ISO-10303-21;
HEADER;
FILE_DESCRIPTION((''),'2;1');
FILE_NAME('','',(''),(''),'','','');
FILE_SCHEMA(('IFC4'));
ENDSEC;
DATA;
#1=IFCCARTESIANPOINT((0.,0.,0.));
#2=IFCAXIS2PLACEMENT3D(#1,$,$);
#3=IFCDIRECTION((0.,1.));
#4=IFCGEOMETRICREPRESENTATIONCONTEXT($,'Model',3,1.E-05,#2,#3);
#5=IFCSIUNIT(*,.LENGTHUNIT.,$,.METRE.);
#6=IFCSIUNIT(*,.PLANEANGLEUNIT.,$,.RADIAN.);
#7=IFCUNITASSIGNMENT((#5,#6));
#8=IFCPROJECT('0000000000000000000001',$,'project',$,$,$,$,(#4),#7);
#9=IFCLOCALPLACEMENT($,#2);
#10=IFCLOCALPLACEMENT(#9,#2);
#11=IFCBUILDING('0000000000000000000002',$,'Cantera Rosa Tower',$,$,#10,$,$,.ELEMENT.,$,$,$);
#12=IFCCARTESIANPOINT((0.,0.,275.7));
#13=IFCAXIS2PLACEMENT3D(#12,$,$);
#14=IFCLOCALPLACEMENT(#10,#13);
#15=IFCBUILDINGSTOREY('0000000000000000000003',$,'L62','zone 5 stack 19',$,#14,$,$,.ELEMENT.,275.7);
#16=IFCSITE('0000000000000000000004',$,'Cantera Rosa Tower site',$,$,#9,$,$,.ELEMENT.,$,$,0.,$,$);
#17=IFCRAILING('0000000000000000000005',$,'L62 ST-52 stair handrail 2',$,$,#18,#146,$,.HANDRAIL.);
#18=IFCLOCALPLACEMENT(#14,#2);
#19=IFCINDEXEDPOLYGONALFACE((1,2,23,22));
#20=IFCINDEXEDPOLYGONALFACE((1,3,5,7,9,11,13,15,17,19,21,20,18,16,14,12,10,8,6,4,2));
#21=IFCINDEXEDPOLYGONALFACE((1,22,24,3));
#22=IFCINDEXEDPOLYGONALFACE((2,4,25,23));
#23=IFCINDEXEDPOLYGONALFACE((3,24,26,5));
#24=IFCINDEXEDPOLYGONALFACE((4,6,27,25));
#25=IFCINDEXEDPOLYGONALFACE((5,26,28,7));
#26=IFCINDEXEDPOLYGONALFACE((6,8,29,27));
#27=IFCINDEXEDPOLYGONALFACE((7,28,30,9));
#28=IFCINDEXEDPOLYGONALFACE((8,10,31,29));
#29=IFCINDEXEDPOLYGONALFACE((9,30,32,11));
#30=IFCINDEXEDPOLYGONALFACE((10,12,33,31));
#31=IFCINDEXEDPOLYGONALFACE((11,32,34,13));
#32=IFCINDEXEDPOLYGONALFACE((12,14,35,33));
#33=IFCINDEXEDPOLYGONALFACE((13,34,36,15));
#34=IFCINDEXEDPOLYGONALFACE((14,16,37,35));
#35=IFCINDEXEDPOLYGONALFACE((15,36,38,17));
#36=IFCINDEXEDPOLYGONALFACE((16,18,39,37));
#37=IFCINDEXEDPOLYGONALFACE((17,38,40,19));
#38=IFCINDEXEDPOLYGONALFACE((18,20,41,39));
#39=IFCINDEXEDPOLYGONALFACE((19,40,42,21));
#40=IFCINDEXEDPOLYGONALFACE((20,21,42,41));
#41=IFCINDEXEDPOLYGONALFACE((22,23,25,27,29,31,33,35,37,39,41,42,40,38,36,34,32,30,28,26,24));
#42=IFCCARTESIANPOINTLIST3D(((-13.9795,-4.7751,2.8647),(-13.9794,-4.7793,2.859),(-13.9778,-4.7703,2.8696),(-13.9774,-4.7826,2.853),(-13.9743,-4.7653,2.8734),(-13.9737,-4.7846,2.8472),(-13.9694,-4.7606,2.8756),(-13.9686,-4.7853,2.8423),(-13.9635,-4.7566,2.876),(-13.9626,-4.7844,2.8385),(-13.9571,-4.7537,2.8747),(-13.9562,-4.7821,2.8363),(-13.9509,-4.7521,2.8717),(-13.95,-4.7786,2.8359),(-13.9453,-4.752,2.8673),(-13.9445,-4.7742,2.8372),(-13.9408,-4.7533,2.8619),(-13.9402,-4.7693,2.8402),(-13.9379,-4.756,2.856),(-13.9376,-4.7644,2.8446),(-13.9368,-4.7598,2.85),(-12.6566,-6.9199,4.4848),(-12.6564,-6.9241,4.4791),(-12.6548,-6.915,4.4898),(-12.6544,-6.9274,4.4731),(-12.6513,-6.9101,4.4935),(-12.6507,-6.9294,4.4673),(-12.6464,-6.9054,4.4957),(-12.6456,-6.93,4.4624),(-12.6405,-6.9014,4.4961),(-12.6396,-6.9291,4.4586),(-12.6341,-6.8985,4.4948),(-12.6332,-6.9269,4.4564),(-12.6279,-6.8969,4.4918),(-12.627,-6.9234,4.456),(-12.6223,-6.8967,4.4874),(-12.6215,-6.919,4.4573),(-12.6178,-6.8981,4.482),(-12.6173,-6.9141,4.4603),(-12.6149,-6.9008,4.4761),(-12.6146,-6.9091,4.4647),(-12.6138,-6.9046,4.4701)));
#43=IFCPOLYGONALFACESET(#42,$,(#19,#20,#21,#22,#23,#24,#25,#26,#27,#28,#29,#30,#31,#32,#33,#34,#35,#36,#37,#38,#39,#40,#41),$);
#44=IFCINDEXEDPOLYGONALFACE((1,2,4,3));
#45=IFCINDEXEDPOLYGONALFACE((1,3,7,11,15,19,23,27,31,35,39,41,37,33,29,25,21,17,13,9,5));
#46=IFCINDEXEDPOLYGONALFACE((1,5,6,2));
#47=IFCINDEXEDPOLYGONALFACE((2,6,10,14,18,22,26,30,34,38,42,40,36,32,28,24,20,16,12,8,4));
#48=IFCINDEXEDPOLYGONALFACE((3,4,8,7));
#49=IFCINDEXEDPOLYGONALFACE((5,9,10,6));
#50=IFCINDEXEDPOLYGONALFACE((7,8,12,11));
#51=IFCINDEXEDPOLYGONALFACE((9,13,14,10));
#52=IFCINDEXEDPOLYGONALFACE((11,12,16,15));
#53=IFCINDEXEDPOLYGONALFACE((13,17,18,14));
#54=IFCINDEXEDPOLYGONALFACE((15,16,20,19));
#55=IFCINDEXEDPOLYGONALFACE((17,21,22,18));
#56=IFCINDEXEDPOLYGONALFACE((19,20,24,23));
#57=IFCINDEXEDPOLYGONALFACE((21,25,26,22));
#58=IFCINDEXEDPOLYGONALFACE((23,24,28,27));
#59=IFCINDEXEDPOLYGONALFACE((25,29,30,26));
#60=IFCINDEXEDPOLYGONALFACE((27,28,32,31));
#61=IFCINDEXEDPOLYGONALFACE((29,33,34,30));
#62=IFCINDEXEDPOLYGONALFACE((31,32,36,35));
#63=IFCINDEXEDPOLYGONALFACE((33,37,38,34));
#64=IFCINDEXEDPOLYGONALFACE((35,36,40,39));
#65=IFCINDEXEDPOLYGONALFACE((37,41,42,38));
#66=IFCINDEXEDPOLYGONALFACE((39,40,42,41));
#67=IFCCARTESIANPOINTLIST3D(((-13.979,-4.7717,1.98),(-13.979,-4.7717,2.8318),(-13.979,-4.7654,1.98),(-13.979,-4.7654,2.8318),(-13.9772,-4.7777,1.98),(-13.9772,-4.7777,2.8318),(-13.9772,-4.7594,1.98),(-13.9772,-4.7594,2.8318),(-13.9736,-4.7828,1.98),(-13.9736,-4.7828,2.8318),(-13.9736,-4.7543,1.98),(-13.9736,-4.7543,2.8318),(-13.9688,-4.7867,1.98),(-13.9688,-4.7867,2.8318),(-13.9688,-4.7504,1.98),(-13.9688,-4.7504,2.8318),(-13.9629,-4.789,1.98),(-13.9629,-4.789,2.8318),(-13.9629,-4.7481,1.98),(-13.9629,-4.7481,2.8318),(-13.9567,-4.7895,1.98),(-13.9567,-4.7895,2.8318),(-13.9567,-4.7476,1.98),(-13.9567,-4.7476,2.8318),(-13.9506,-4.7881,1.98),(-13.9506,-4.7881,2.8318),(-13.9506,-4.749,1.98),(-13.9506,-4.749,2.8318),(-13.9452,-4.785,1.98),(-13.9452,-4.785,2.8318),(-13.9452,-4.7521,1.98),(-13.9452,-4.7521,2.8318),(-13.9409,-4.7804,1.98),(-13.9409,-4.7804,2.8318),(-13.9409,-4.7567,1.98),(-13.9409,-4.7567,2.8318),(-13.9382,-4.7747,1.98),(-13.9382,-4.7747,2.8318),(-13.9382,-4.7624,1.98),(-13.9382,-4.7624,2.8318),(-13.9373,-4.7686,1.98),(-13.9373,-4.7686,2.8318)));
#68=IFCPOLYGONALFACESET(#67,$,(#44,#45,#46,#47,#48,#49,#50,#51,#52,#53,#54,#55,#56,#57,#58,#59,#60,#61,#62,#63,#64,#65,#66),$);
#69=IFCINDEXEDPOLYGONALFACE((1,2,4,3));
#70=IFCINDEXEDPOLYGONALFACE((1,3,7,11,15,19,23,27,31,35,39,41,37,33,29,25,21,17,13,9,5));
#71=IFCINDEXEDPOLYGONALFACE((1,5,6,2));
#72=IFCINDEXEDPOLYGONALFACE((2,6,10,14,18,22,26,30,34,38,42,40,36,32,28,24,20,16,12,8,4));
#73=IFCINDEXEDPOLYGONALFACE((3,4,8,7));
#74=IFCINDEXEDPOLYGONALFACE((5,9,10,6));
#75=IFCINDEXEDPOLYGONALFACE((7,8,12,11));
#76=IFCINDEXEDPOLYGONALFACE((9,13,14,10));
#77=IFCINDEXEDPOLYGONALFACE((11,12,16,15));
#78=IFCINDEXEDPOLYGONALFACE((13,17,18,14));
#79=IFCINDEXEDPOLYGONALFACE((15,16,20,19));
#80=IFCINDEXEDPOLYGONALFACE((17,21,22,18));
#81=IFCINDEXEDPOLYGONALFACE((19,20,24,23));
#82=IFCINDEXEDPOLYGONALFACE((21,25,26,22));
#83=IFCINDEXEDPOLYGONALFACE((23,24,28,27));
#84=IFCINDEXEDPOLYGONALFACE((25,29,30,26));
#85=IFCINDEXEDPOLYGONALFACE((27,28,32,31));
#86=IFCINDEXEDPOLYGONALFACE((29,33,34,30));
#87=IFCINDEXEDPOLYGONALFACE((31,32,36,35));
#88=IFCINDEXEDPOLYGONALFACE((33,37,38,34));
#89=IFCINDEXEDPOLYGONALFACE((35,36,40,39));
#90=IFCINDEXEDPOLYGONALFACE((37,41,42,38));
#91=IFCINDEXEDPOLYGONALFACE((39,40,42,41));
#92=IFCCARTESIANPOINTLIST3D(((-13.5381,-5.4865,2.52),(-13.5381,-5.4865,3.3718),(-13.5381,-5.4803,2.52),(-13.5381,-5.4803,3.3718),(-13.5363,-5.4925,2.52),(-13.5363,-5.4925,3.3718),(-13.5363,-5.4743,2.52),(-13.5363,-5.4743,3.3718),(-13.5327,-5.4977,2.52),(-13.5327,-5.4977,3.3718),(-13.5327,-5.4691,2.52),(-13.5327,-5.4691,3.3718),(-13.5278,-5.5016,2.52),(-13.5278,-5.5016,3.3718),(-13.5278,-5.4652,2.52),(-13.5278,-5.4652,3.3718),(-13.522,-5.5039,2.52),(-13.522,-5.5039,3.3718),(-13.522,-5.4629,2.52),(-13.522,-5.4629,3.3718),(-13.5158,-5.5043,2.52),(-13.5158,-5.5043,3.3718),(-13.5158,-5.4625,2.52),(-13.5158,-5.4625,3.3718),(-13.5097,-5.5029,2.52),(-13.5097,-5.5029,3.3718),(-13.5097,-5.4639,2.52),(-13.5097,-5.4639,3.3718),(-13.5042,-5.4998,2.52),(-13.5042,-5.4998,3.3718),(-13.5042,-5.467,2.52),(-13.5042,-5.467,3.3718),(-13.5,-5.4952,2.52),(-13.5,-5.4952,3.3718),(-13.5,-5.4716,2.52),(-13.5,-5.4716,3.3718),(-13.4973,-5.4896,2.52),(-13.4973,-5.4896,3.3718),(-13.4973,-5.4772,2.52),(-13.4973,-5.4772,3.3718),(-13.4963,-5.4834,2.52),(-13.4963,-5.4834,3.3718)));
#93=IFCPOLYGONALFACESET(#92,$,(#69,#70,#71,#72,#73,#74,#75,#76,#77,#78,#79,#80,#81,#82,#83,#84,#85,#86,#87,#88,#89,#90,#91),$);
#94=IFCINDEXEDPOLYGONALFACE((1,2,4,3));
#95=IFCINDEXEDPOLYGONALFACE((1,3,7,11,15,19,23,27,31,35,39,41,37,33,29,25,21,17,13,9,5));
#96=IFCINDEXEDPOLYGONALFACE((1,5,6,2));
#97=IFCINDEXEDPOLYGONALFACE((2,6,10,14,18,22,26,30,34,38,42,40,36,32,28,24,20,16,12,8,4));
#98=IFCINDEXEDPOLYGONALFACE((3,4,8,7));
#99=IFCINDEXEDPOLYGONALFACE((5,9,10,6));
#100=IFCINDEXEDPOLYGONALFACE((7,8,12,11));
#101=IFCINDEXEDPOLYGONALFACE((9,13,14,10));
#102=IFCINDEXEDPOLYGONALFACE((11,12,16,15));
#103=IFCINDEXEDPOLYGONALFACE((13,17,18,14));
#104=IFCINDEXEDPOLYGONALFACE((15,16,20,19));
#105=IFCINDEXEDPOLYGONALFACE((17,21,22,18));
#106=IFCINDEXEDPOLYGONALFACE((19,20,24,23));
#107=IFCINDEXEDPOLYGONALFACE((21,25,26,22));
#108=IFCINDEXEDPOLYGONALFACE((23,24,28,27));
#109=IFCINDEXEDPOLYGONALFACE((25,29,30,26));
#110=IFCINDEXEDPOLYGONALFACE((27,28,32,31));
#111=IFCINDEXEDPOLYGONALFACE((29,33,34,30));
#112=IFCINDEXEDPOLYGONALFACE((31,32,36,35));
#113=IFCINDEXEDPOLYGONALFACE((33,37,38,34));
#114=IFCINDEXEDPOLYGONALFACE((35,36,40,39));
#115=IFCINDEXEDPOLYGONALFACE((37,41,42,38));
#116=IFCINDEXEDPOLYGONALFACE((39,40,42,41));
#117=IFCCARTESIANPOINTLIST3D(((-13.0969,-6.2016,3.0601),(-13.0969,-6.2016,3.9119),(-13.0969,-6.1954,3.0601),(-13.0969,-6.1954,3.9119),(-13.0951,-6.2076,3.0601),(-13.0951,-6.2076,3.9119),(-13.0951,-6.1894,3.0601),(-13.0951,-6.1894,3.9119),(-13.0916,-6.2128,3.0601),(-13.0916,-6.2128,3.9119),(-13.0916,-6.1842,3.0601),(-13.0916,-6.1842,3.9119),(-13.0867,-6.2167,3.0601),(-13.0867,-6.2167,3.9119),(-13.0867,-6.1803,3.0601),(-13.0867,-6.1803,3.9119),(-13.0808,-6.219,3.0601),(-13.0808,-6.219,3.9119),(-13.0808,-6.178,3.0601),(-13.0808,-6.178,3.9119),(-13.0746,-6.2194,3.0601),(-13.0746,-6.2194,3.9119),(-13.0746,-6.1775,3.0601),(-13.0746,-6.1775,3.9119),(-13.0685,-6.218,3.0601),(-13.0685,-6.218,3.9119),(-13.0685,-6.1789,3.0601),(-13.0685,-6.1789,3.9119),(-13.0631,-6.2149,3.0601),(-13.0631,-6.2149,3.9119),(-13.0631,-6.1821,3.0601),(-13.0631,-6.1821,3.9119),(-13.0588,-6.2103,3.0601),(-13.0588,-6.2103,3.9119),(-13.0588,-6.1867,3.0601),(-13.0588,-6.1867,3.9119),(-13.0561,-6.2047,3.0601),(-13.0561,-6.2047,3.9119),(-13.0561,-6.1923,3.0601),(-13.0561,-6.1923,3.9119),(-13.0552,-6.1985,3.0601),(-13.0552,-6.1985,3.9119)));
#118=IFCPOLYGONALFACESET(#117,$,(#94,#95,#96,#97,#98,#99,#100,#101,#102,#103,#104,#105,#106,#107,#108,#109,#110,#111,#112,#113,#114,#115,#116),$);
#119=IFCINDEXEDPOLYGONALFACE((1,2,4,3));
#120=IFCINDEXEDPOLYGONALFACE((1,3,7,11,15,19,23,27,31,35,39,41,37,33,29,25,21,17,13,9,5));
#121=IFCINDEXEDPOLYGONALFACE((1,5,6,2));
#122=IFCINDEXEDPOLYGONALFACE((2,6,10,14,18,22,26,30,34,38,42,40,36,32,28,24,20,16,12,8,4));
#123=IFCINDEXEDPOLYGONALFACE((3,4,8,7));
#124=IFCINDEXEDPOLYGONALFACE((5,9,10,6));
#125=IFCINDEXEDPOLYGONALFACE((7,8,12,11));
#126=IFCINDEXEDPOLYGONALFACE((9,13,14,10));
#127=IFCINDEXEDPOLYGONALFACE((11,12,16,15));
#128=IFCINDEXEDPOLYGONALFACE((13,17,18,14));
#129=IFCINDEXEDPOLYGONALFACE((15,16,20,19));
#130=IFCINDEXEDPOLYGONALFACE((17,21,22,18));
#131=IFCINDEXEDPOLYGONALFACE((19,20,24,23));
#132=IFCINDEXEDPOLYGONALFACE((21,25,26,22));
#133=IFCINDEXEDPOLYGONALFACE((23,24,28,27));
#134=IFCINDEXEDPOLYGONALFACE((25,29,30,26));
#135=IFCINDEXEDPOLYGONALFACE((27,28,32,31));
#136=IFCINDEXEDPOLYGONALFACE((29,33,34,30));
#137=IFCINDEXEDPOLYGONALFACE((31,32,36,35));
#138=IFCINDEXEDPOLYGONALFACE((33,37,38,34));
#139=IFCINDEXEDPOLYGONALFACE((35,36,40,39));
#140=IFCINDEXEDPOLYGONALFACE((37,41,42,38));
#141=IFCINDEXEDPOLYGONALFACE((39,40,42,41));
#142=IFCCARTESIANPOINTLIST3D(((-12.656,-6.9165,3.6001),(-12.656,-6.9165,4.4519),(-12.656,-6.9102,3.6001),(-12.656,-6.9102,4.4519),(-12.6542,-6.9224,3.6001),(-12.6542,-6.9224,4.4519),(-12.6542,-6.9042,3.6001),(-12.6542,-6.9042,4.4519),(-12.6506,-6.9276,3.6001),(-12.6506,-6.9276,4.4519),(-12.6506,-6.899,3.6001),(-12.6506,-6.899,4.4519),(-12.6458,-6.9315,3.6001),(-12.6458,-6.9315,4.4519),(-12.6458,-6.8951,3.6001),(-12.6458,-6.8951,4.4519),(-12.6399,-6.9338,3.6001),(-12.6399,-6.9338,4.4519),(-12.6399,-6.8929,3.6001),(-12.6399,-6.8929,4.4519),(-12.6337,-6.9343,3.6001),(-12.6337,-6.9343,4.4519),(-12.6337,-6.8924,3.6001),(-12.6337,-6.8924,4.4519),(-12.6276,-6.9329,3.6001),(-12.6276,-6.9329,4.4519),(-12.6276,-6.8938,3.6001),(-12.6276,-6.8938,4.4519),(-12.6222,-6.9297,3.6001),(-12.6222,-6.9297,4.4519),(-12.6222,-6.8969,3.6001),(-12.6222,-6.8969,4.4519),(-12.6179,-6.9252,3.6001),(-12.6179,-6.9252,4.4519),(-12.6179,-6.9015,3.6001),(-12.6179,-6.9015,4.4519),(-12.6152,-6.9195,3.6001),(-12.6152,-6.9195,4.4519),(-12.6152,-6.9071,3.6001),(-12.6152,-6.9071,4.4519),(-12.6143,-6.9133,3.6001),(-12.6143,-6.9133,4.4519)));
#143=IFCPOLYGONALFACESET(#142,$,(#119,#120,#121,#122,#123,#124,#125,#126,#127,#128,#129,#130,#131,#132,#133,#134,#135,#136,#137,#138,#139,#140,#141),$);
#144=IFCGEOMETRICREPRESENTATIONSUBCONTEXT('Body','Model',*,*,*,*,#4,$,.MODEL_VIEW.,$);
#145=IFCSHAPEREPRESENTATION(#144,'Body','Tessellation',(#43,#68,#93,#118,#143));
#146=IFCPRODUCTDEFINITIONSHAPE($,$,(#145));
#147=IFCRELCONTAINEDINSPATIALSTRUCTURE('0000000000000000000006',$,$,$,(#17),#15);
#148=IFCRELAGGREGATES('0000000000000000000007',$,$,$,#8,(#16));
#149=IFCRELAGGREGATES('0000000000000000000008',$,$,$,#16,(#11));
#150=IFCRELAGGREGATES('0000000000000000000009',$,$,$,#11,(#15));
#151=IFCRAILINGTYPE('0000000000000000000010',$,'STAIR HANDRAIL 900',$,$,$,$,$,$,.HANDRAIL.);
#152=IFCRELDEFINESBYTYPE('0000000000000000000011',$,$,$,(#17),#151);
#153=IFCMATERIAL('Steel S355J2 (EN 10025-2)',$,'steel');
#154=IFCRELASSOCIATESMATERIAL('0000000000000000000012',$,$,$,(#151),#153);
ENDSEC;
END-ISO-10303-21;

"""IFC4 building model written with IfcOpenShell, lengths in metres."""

from ifc_helpers import new_model, si_unit, direction, frame, origin, origin_2d, place, context, subcontext, project, spatial, circle, extrude, material, type_object, element, save


model = new_model("IFC4")

# Units and contexts
model_context = context("Model", 3, precision=1e-05, world=origin(), true_north=direction((0.0, 1.0)))
body_context = subcontext(model_context, "Body", "Model", "MODEL_VIEW")
ifc_project = project(units=[si_unit("LENGTHUNIT", "METRE"), si_unit("PLANEANGLEUNIT", "RADIAN")], contexts=[model_context])

# Site, building, storey
site_placement = place(None, origin())
site = spatial("IfcSite", under=ifc_project, at=site_placement, Name="Cantera Rosa Tower site", CompositionType="ELEMENT", RefElevation=0.0)
building_placement = place(site_placement, origin())
building = spatial("IfcBuilding", under=site, at=building_placement, Name="Cantera Rosa Tower", CompositionType="ELEMENT")
storey_placement = place(building_placement, frame((0.0, 0.0, 275.7)))
storey = spatial("IfcBuildingStorey", under=building, at=storey_placement, Name="L62", Description="zone 5 stack 19", CompositionType="ELEMENT", Elevation=275.7)

# Railing
ifc_material_1 = material(Name="Steel S355J2 (EN 10025-2)", Category="steel")
railing_type_1 = type_object("IfcRailingType", Name="STAIR HANDRAIL 900", PredefinedType="HANDRAIL", material=ifc_material_1)
railing_1_placement = place(storey_placement, frame((-13.9583, -4.7686, 1.98)))
element("IfcRailing", 1, at=railing_1_placement, inside=storey, type_object=railing_type_1, Name="L62 ST-52 stair handrail 2", PredefinedType="HANDRAIL", context=body_context, shape_type="SweptSolid", body=[
    extrude(circle(Radius=0.0239, at=origin_2d()), frame((0.0, 0.0, 0.876), z_axis=(0.441609, -0.715914, 0.540786), x_axis=(0.851102, 0.525, 0.0)), (0.0, 0.0, 1.0), 2.9958),
    extrude(circle(Radius=0.021, at=origin_2d()), origin(), (0.0, 0.0, 1.0), 0.8518),
    extrude(circle(Radius=0.021, at=origin_2d()), frame((0.4409, -0.7148, 0.54)), (0.0, 0.0, 1.0), 0.8518),
    extrude(circle(Radius=0.021, at=origin_2d()), frame((0.8821, -1.4299, 1.0801)), (0.0, 0.0, 1.0), 0.8518),
    extrude(circle(Radius=0.021, at=origin_2d()), frame((1.323, -2.1448, 1.6201)), (0.0, 0.0, 1.0), 0.8518),
])

save(model, "model.ifc")
